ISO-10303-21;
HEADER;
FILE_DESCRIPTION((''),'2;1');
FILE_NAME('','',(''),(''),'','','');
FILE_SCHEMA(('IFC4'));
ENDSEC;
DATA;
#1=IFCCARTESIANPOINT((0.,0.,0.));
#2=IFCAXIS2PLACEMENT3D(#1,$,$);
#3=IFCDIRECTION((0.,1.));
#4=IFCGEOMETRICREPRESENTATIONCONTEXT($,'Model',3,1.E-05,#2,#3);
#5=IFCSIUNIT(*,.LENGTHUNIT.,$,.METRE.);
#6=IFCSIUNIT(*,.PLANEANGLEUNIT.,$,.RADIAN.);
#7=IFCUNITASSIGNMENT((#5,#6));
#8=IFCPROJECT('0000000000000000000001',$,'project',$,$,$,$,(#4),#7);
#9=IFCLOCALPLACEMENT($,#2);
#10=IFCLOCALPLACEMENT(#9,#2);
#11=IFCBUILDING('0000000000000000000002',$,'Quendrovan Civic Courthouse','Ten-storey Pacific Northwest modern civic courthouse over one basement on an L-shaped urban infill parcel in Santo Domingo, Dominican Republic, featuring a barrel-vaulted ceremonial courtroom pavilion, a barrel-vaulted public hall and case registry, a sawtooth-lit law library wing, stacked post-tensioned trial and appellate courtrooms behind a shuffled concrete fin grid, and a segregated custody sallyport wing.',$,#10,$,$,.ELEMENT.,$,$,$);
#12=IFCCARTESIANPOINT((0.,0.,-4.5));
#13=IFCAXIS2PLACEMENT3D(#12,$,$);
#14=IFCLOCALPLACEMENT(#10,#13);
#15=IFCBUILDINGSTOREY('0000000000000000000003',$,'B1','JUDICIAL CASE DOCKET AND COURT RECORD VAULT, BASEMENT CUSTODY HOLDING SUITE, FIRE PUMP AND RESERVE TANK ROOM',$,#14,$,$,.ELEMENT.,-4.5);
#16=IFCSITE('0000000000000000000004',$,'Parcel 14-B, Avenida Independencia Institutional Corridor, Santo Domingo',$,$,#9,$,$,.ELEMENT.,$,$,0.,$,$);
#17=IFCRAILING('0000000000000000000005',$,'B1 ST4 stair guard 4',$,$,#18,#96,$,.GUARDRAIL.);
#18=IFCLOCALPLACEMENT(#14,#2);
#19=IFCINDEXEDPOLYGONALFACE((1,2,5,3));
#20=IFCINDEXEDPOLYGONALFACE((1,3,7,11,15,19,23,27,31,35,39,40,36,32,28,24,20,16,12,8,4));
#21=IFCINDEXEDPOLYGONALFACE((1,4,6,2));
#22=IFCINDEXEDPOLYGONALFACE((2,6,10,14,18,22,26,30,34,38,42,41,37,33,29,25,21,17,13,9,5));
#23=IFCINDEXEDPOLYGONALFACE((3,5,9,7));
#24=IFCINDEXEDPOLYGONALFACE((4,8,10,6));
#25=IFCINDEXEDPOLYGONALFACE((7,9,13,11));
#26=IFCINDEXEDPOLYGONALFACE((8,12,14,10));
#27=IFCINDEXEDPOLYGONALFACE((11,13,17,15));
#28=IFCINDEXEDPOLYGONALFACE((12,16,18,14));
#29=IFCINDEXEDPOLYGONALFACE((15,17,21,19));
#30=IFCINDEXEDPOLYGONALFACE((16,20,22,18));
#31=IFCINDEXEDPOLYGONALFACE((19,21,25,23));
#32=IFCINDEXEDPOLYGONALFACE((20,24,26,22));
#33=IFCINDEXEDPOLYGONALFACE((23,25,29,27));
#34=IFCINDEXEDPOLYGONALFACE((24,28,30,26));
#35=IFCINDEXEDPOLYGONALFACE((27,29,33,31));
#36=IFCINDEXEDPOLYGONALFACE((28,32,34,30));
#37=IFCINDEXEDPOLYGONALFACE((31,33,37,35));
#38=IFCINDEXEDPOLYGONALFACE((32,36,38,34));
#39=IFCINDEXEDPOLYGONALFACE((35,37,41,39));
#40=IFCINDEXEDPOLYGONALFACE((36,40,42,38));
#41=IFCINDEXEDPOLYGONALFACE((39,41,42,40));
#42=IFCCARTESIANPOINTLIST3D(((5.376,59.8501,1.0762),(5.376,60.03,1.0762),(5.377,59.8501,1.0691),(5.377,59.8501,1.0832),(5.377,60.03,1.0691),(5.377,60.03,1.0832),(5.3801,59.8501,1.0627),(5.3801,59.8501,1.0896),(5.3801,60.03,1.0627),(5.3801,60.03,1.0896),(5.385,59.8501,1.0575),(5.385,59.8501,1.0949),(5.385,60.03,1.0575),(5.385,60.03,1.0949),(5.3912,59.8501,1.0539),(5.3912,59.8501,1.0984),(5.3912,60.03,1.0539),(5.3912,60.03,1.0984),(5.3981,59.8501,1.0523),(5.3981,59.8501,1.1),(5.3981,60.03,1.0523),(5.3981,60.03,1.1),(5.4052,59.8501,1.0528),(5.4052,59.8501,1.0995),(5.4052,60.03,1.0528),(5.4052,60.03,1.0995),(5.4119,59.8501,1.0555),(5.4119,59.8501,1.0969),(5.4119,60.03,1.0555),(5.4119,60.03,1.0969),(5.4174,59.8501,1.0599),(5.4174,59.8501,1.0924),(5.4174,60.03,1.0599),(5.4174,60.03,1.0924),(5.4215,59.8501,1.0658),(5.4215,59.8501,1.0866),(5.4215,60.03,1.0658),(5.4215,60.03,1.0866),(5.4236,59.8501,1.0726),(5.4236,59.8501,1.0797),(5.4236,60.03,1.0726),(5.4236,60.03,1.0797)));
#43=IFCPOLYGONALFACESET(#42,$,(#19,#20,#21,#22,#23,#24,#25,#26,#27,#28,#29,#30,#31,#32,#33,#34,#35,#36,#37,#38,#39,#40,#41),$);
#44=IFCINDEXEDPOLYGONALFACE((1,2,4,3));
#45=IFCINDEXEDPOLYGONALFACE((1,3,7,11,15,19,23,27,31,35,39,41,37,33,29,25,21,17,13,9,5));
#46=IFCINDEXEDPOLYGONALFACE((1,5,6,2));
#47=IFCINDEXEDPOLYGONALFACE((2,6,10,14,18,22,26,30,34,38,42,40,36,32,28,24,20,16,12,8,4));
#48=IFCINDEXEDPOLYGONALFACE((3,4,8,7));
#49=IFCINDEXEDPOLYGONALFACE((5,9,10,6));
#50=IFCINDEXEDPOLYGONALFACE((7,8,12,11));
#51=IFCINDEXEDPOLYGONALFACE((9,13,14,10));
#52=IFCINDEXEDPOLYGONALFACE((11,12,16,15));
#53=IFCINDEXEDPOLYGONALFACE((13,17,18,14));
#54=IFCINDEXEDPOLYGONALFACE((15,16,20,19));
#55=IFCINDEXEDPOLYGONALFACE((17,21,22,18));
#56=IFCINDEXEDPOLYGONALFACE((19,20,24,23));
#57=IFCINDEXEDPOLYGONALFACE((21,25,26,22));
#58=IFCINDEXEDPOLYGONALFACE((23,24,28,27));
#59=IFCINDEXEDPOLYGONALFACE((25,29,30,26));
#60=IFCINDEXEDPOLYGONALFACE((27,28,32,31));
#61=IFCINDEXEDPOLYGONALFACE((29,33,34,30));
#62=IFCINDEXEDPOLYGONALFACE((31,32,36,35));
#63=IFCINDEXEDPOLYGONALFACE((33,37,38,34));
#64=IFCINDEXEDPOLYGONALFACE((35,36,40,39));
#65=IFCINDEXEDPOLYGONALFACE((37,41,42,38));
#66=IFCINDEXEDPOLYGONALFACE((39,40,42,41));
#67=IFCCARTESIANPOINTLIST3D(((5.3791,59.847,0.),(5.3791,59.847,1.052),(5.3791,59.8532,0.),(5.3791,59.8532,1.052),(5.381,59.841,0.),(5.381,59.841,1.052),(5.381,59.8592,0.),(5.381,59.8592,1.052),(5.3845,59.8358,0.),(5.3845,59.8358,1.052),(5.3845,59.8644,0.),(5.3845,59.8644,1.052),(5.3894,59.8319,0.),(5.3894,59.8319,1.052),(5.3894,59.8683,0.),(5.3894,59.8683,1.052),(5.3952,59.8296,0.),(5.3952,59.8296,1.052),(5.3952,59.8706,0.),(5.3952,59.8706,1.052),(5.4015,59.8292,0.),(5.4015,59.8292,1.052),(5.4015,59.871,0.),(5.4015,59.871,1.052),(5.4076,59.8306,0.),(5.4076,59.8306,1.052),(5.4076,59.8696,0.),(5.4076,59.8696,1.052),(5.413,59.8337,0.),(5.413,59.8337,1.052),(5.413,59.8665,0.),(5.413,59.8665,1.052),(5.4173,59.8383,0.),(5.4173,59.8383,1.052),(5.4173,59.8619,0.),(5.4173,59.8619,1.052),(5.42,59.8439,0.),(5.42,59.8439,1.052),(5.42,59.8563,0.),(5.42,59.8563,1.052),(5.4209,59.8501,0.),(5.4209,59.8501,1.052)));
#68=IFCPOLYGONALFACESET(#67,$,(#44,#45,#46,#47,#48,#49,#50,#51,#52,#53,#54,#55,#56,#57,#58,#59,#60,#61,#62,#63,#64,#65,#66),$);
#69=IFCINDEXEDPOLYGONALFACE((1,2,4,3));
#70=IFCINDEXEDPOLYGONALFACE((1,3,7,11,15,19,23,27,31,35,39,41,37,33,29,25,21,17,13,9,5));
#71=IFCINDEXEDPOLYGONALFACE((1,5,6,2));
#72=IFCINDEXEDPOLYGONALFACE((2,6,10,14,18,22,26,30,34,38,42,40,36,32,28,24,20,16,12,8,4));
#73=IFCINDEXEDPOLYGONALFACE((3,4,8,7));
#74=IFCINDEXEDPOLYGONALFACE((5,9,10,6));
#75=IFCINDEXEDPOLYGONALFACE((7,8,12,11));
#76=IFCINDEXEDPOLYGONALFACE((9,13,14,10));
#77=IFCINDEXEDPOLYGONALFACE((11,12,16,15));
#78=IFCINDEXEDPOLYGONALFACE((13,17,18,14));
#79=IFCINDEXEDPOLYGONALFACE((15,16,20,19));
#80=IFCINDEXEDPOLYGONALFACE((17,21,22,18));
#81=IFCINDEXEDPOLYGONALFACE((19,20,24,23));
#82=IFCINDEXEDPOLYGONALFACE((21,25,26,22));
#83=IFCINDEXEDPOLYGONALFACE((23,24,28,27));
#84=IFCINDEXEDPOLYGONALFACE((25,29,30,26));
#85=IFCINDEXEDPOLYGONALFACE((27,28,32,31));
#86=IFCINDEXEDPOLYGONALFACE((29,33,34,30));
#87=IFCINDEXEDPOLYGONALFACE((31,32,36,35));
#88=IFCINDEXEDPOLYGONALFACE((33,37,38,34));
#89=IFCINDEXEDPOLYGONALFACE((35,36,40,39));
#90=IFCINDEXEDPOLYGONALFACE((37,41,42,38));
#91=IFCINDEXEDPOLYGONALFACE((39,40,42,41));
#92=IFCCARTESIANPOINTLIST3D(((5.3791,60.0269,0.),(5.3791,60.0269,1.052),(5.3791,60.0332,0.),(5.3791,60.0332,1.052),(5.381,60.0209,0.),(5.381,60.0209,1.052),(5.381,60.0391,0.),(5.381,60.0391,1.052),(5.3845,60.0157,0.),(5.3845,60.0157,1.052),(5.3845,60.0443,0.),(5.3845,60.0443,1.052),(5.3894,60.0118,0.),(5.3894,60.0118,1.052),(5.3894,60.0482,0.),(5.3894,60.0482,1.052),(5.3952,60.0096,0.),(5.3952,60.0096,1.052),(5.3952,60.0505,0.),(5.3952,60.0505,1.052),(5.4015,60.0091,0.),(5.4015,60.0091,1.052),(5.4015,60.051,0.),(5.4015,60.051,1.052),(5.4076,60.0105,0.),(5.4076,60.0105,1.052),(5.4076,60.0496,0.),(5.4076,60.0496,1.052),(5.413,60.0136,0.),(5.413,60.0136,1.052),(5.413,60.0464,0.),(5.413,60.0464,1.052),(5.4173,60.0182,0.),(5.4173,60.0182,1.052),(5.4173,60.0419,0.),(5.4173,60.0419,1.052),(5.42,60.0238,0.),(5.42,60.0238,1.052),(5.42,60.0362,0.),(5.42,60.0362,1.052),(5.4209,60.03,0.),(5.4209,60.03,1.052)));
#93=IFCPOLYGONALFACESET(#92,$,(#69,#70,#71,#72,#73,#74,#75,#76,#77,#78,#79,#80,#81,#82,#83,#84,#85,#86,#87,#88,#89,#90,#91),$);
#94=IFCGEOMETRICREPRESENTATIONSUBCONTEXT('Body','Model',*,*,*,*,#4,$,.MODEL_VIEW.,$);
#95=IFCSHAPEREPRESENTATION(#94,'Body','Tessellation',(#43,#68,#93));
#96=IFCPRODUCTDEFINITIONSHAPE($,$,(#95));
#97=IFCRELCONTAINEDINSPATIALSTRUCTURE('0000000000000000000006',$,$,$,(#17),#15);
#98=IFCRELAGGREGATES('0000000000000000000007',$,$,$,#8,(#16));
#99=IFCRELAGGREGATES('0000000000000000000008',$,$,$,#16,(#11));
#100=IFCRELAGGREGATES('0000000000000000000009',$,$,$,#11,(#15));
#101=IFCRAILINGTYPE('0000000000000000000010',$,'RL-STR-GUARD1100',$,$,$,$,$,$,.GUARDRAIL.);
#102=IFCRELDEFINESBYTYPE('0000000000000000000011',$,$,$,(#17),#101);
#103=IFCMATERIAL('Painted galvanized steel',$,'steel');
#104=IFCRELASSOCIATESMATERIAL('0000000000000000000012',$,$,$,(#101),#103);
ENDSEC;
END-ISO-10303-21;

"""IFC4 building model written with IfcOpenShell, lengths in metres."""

from ifc_helpers import new_model, si_unit, direction, frame, origin, origin_2d, place, context, subcontext, project, spatial, circle, extrude, material, type_object, element, save


model = new_model("IFC4")

# Units and contexts
model_context = context("Model", 3, precision=1e-05, world=origin(), true_north=direction((0.0, 1.0)))
body_context = subcontext(model_context, "Body", "Model", "MODEL_VIEW")
ifc_project = project(units=[si_unit("LENGTHUNIT", "METRE"), si_unit("PLANEANGLEUNIT", "RADIAN")], contexts=[model_context])

# Site, building, storey
site_placement = place(None, origin())
site = spatial("IfcSite", under=ifc_project, at=site_placement, Name="Parcel 14-B, Avenida Independencia Institutional Corridor, Santo Domingo", CompositionType="ELEMENT", RefElevation=0.0)
building_placement = place(site_placement, origin())
building = spatial("IfcBuilding", under=site, at=building_placement, Name="Quendrovan Civic Courthouse", Description="Ten-storey Pacific Northwest modern civic courthouse over one basement on an L-shaped urban infill parcel in Santo Domingo, Dominican Republic, featuring a barrel-vaulted ceremonial courtroom pavilion, a barrel-vaulted public hall and case registry, a sawtooth-lit law library wing, stacked post-tensioned trial and appellate courtrooms behind a shuffled concrete fin grid, and a segregated custody sallyport wing.", CompositionType="ELEMENT")
storey_placement = place(building_placement, frame((0.0, 0.0, -4.5)))
storey = spatial("IfcBuildingStorey", under=building, at=storey_placement, Name="B1", Description="JUDICIAL CASE DOCKET AND COURT RECORD VAULT, BASEMENT CUSTODY HOLDING SUITE, FIRE PUMP AND RESERVE TANK ROOM", CompositionType="ELEMENT", Elevation=-4.5)

# Railing
ifc_material_1 = material(Name="Painted galvanized steel", Category="steel")
railing_type_1 = type_object("IfcRailingType", Name="RL-STR-GUARD1100", PredefinedType="GUARDRAIL", material=ifc_material_1)
railing_1_placement = place(storey_placement, frame((5.3999, 59.8501, 0.0)))
element("IfcRailing", 1, at=railing_1_placement, inside=storey, type_object=railing_type_1, Name="B1 ST4 stair guard 4", PredefinedType="GUARDRAIL", context=body_context, shape_type="SweptSolid", body=[
    extrude(circle(Radius=0.0239, at=origin_2d()), frame((0.0, 0.0, 1.0762), z_axis=(0.0, 1.0, 0.0), x_axis=(-1.0, 0.0, 0.0)), (0.0, 0.0, 1.0), 0.1799),
    extrude(circle(Radius=0.021, at=origin_2d()), origin(), (0.0, 0.0, 1.0), 1.052),
    extrude(circle(Radius=0.021, at=origin_2d()), frame((0.0, 0.1799, 0.0)), (0.0, 0.0, 1.0), 1.052),
])

save(model, "model.ifc")
